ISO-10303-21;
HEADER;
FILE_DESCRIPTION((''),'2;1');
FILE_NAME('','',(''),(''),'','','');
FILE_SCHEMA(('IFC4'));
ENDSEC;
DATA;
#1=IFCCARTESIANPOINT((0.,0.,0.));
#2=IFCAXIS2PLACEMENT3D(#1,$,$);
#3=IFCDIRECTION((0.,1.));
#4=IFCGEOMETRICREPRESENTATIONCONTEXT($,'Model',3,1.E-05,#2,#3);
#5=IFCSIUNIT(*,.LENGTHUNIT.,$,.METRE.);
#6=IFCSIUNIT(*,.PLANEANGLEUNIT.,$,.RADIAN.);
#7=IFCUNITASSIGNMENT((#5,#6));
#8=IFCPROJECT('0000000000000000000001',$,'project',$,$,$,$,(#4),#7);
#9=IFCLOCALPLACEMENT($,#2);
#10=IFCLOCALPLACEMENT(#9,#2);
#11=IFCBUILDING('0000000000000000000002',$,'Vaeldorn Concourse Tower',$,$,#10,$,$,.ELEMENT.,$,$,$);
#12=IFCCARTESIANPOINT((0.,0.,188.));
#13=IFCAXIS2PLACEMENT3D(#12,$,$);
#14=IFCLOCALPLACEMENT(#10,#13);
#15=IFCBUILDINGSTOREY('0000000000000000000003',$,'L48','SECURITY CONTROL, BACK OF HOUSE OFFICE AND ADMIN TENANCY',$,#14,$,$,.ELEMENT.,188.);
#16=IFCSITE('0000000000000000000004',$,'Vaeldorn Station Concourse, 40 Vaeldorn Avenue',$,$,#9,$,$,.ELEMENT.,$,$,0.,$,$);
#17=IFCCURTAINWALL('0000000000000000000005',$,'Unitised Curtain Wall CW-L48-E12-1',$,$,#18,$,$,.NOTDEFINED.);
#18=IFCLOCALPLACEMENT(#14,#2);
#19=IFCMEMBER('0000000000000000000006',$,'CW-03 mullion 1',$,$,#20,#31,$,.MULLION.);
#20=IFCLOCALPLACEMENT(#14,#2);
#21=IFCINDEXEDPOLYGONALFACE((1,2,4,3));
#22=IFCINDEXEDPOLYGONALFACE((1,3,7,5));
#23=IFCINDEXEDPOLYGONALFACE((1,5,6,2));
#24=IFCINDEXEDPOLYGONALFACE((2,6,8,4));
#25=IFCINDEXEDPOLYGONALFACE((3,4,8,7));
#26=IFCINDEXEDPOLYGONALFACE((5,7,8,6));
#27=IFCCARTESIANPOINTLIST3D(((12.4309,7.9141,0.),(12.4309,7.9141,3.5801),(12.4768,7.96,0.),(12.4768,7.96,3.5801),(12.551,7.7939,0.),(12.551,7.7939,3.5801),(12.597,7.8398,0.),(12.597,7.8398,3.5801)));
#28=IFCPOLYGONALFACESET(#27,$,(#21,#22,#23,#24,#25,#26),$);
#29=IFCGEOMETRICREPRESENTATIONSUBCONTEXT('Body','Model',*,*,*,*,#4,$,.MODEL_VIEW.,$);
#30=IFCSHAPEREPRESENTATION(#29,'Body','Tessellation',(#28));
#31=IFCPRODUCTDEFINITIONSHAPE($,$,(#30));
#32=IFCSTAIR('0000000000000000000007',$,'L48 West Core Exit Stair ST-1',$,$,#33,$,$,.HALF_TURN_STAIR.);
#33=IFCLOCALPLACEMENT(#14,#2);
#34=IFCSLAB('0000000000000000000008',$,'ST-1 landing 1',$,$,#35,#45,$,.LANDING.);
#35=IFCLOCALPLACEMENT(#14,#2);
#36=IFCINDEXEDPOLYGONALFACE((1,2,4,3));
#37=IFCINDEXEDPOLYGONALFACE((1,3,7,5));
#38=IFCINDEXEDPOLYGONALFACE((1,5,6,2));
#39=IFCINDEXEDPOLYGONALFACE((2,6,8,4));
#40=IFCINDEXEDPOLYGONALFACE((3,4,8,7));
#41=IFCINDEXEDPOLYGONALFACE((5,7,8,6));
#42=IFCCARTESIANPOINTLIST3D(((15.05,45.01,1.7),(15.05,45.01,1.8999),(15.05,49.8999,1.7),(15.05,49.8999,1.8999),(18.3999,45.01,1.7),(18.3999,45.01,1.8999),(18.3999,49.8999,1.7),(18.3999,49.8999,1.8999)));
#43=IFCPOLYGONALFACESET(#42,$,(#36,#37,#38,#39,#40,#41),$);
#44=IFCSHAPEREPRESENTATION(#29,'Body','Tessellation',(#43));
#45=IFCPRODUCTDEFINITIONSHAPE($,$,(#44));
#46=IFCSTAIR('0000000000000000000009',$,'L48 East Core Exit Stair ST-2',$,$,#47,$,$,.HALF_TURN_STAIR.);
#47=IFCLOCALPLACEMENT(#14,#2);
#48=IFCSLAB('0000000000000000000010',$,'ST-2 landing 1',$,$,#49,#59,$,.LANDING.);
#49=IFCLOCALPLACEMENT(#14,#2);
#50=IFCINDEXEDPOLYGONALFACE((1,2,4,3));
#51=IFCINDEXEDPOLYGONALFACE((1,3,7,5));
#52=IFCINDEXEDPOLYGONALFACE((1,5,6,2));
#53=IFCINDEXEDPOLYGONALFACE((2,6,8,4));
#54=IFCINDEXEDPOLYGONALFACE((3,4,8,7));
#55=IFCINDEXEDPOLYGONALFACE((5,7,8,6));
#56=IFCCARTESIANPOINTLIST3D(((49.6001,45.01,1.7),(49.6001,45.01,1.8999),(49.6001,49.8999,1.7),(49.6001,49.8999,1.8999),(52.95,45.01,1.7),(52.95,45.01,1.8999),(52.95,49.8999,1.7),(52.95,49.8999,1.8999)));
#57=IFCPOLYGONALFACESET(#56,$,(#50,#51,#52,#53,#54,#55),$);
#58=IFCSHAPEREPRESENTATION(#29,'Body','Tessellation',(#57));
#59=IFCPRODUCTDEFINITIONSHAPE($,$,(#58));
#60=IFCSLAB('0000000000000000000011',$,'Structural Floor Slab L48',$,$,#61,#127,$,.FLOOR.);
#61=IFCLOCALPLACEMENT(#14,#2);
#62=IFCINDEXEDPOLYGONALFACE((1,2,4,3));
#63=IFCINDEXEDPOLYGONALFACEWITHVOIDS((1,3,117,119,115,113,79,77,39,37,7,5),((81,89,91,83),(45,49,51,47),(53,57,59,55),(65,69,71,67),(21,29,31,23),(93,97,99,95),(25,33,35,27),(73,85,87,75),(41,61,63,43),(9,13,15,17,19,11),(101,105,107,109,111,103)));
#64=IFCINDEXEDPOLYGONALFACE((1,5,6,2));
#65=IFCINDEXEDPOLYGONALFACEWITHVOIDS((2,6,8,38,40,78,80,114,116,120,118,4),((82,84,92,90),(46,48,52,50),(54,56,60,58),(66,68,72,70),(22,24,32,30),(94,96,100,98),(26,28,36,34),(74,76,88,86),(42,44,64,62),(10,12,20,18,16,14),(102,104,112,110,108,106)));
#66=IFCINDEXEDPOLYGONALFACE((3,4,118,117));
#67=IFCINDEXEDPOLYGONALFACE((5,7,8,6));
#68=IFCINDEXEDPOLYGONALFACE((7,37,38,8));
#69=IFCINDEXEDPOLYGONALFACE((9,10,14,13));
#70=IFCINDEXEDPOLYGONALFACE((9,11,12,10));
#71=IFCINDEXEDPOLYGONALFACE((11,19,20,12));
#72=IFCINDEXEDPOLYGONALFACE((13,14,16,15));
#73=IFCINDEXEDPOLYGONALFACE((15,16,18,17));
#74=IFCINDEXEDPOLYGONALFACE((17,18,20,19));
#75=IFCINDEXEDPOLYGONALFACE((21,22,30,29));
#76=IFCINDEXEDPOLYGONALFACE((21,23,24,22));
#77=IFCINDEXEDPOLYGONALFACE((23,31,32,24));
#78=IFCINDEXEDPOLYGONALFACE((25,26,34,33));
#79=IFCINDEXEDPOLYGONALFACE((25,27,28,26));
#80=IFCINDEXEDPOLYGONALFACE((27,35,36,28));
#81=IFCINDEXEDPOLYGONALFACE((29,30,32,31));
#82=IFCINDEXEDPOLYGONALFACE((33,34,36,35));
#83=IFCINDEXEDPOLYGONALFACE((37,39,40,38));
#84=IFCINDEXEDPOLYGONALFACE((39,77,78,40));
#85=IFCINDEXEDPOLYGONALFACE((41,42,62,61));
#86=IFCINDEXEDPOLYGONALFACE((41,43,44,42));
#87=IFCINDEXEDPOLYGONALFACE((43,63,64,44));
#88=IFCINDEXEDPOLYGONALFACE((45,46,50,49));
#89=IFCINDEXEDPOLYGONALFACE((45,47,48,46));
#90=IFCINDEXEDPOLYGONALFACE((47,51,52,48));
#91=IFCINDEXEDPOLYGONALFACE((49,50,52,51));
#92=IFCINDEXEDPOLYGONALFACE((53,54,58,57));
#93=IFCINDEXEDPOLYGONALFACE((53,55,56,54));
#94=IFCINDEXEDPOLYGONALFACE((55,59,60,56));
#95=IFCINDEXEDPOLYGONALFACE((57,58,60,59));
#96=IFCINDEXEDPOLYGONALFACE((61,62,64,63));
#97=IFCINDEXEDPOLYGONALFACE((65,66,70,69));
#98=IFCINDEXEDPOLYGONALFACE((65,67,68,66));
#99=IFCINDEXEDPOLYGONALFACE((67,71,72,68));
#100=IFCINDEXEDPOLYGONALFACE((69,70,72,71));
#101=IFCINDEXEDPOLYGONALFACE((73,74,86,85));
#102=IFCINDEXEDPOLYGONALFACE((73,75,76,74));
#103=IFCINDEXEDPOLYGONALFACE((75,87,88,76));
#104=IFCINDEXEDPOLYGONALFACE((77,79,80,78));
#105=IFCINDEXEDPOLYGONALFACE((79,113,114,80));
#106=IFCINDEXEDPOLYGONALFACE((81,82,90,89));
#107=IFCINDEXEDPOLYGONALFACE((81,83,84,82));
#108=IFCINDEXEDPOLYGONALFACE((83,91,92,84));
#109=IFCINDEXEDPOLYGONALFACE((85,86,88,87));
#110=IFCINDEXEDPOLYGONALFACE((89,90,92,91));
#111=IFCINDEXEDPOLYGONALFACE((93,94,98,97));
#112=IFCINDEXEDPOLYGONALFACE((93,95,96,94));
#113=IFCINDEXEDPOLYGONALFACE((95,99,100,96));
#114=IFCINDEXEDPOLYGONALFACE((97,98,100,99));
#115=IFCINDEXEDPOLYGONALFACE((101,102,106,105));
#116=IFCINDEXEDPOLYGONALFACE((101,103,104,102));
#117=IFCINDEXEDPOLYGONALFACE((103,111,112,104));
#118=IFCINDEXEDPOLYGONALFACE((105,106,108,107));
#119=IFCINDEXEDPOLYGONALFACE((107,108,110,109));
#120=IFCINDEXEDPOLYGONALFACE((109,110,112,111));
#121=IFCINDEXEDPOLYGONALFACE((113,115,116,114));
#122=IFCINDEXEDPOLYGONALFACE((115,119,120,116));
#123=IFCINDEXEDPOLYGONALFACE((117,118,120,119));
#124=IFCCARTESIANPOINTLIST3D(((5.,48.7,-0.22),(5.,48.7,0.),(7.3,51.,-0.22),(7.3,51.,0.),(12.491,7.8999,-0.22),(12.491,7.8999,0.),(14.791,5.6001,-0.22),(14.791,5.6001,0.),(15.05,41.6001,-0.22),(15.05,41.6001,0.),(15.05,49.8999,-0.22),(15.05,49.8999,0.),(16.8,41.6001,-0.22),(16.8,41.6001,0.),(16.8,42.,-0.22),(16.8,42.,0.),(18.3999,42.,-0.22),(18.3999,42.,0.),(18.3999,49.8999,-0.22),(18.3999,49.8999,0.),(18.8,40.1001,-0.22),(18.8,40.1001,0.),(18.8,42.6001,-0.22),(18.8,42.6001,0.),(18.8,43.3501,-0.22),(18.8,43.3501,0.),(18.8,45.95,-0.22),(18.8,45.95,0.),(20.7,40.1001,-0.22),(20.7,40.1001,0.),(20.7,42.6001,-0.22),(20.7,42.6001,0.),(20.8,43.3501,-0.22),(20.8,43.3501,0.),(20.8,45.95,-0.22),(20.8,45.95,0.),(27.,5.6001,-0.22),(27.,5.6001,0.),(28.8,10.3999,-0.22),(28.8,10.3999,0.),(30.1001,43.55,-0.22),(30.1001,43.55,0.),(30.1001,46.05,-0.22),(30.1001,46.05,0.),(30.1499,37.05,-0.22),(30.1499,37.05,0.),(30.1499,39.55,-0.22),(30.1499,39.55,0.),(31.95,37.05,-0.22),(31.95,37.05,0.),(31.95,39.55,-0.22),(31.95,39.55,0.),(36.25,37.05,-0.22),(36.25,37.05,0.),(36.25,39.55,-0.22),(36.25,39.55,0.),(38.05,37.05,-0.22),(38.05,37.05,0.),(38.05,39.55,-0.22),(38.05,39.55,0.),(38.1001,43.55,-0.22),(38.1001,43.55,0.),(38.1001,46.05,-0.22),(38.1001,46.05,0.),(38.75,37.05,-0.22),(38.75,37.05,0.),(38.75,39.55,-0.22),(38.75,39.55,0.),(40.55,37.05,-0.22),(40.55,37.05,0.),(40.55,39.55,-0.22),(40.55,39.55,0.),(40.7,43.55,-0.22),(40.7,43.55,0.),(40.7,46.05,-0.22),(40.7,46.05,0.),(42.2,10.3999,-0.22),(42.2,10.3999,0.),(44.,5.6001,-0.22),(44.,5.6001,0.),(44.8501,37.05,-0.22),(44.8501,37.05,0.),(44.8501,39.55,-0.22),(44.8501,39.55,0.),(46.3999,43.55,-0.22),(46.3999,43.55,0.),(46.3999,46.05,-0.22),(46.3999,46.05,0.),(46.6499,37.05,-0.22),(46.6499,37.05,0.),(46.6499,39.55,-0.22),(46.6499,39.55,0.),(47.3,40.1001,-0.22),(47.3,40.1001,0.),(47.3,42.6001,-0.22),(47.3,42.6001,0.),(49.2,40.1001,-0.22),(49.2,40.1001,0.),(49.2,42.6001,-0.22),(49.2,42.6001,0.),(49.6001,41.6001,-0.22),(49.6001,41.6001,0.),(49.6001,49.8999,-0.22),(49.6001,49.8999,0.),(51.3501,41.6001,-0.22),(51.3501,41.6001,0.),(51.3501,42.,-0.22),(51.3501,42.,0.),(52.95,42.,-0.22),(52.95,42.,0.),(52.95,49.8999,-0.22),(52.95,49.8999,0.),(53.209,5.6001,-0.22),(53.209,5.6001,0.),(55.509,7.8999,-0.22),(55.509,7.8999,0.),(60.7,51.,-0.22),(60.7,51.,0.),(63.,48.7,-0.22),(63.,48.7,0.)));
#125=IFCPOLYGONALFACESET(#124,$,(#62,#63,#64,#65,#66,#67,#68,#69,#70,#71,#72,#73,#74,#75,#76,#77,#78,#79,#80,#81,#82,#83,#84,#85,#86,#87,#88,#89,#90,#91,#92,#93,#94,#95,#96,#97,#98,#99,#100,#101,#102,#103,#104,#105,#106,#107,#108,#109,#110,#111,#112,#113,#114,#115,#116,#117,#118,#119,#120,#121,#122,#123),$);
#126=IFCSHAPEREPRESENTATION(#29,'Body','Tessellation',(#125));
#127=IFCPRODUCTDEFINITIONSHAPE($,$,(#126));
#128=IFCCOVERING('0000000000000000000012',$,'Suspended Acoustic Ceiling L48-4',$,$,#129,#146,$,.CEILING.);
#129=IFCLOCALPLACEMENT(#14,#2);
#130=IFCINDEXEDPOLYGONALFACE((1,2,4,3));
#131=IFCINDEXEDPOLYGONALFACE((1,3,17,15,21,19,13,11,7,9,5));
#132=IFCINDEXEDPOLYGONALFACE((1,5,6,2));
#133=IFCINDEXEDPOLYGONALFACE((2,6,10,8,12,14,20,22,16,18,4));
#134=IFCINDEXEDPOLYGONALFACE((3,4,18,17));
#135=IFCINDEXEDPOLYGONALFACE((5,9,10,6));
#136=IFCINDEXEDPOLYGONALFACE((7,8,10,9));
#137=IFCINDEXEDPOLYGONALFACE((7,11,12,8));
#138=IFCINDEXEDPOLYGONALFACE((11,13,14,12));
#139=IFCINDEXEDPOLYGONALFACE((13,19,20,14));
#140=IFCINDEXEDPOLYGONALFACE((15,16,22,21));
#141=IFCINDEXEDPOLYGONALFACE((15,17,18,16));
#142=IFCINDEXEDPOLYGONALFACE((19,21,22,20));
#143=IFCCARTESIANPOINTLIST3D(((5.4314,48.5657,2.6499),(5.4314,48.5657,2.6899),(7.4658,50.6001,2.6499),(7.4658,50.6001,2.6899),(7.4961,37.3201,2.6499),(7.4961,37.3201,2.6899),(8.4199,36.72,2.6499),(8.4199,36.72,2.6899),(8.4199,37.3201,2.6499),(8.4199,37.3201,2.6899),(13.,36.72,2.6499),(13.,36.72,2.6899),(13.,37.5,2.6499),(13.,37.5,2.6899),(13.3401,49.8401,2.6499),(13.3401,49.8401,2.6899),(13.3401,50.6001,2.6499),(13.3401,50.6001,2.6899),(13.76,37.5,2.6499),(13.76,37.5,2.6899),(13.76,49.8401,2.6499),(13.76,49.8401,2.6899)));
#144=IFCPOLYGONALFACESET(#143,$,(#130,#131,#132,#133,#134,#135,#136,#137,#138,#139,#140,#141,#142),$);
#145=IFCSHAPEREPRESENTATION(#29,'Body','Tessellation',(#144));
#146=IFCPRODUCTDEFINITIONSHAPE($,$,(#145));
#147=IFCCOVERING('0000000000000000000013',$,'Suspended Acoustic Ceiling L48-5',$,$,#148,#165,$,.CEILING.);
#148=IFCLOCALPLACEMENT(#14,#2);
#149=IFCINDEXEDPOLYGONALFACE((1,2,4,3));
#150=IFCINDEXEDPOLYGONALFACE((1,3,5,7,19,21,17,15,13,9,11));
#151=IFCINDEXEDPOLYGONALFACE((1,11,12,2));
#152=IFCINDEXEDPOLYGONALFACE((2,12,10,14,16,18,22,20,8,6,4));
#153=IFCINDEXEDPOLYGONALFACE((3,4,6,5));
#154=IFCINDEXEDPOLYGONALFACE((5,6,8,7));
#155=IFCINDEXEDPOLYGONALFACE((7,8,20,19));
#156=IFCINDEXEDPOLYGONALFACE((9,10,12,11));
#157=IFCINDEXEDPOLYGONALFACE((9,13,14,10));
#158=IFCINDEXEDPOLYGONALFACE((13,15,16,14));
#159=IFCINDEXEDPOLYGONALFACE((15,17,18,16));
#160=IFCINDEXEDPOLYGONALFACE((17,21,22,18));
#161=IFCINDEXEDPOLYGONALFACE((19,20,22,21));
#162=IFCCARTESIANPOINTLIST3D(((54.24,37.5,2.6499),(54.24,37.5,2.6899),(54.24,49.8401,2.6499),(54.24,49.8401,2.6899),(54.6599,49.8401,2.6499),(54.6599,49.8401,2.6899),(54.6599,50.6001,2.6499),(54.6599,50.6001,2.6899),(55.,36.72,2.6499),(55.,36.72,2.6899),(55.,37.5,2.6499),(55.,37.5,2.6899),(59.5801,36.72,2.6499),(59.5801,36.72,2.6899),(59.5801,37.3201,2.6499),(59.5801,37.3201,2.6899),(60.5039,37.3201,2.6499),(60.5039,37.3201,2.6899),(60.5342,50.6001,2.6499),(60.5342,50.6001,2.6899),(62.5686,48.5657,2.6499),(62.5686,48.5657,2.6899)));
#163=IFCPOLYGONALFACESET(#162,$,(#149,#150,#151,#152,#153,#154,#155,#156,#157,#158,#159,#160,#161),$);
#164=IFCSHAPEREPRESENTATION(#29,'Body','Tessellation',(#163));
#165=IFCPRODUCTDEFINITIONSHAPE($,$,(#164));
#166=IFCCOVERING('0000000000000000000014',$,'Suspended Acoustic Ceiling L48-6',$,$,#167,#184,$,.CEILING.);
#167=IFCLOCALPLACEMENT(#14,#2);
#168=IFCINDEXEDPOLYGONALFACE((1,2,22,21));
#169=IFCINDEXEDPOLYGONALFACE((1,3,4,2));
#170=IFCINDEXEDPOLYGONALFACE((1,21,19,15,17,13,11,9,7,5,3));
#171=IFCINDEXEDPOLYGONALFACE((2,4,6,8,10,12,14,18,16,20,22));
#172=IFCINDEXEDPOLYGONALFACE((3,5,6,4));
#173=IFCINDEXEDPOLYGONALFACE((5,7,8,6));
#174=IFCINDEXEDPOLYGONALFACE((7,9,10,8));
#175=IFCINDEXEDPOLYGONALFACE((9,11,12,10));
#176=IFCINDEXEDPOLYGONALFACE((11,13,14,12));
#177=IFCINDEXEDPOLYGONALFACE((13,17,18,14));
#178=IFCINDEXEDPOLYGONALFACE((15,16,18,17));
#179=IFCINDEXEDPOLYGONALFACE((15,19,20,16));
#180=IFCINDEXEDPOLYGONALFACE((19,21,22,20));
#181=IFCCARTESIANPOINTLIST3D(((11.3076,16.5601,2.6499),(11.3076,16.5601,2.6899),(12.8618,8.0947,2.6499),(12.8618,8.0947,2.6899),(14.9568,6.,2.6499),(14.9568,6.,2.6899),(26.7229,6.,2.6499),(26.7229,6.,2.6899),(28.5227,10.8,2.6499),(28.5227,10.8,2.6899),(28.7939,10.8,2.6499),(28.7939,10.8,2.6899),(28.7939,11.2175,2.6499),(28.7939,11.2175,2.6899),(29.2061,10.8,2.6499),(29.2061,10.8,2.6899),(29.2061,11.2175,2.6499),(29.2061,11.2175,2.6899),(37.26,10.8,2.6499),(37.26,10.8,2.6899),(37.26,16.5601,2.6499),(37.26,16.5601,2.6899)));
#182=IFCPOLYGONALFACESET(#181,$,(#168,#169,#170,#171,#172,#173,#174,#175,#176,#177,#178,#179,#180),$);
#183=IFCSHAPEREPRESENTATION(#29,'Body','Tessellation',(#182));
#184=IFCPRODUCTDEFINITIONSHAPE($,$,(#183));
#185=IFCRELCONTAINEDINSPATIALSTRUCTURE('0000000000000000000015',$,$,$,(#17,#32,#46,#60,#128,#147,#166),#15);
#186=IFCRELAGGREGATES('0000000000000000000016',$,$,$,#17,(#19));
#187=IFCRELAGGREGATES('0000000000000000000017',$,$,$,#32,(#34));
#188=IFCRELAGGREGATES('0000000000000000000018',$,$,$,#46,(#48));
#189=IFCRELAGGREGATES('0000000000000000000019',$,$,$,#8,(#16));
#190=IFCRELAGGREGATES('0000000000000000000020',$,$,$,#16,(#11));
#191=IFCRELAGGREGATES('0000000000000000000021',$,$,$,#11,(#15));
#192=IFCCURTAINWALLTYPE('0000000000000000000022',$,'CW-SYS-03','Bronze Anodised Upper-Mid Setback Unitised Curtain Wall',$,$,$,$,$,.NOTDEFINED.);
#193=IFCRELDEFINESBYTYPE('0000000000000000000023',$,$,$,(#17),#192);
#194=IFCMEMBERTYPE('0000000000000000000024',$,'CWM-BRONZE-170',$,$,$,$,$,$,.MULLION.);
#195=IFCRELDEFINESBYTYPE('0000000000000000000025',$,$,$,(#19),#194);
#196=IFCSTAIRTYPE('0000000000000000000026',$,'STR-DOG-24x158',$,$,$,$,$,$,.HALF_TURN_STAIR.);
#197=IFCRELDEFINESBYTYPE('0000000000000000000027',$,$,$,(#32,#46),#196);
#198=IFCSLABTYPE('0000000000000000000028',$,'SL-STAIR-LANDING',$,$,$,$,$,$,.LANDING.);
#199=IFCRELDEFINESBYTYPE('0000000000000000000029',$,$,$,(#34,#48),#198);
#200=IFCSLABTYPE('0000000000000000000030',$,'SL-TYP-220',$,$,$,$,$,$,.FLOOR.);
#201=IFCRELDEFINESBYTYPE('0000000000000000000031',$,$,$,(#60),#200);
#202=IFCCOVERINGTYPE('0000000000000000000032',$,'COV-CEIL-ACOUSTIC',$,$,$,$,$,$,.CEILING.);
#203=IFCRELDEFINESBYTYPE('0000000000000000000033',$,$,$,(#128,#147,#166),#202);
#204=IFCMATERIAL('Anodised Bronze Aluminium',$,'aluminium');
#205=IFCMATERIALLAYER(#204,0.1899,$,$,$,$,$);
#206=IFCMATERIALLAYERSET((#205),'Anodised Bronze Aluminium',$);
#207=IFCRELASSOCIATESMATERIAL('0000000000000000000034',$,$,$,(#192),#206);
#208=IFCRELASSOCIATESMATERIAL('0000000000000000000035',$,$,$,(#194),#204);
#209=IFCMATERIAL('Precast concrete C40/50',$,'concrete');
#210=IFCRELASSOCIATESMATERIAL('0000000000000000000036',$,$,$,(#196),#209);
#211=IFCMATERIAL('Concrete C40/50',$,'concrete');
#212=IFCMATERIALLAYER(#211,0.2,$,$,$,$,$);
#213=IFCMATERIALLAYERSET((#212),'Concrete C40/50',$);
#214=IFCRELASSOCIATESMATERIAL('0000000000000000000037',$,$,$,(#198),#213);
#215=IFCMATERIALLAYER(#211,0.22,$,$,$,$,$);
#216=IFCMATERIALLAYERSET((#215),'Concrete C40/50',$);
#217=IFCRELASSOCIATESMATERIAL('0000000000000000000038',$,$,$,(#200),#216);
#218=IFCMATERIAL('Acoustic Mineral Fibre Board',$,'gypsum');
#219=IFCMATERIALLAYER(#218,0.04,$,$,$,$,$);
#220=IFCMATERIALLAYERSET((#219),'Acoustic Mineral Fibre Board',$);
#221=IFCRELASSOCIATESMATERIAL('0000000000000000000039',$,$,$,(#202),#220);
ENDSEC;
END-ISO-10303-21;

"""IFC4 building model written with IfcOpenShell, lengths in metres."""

from ifc_helpers import new_model, si_unit, direction, frame, origin, origin_2d, place, context, subcontext, project, spatial, polyline, rectangle, outline, extrude, source, transform, mapped, material, layer, layer_set, material_profile, profile_set, type_object, element, aggregate, save


model = new_model("IFC4")

# Units and contexts
model_context = context("Model", 3, precision=1e-05, world=origin(), true_north=direction((0.0, 1.0)))
body_context = subcontext(model_context, "Body", "Model", "MODEL_VIEW")
ifc_project = project(units=[si_unit("LENGTHUNIT", "METRE"), si_unit("PLANEANGLEUNIT", "RADIAN")], contexts=[model_context])

# Site, building, storey
site_placement = place(None, origin())
site = spatial("IfcSite", under=ifc_project, at=site_placement, Name="Vaeldorn Station Concourse, 40 Vaeldorn Avenue", CompositionType="ELEMENT", RefElevation=0.0)
building_placement = place(site_placement, origin())
building = spatial("IfcBuilding", under=site, at=building_placement, Name="Vaeldorn Concourse Tower", CompositionType="ELEMENT")
storey_placement = place(building_placement, frame((0.0, 0.0, 188.0)))
storey = spatial("IfcBuildingStorey", under=building, at=storey_placement, Name="L48", Description="SECURITY CONTROL, BACK OF HOUSE OFFICE AND ADMIN TENANCY", CompositionType="ELEMENT", Elevation=188.0)

# Curtain wall, member
ifc_material_1 = material(Name="Anodised Bronze Aluminium", Category="aluminium")
ifc_layer_1 = layer(ifc_material_1, 0.1899)
ifc_layer_set_1 = layer_set([ifc_layer_1], Name="Anodised Bronze Aluminium")
curtain_wall_type = type_object("IfcCurtainWallType", Name="CW-SYS-03", Description="Bronze Anodised Upper-Mid Setback Unitised Curtain Wall", PredefinedType="NOTDEFINED", material=ifc_layer_set_1)
curtain_wall_placement = place(storey_placement, origin())
curtain_wall = element("IfcCurtainWall", 1, at=curtain_wall_placement, inside=storey, type_object=curtain_wall_type, Name="Unitised Curtain Wall CW-L48-E12-1", PredefinedType="NOTDEFINED")
ifc_material_profile = material_profile(ifc_material_1, rectangle(XDim=0.0649, YDim=0.1699, at=origin_2d()), Name="CWM 65x170")
ifc_profile_set = profile_set([ifc_material_profile], Name="Anodised Bronze Aluminium")
member_type = type_object("IfcMemberType", Name="CWM-BRONZE-170", PredefinedType="MULLION", material=ifc_profile_set)
shared_shape = source(origin(), body_context, "Body", "SweptSolid", [
    extrude(rectangle(XDim=0.0649, YDim=0.1699, at=origin_2d()), origin(), (0.0, 0.0, 1.0), 3.5801),
])
member_placement = place(storey_placement, frame((12.5139, 7.877, 0.0), z_axis=(0.0, 0.0, 1.0), x_axis=(0.707107, 0.707107, 0.0)))
member = element("IfcMember", 2, at=member_placement, type_object=member_type, Name="CW-03 mullion 1", PredefinedType="MULLION", context=body_context, shape_type="MappedRepresentation", body=[
    mapped(shared_shape, transform((0.0, 0.0, 0.0), scale=1.0)),
])
aggregate(curtain_wall, [member])

# Stairs, slabs
ifc_material_2 = material(Name="Precast concrete C40/50", Category="concrete")
stair_type = type_object("IfcStairType", Name="STR-DOG-24x158", PredefinedType="HALF_TURN_STAIR", material=ifc_material_2)
stair_1_placement = place(storey_placement, origin())
stair_1 = element("IfcStair", 3, at=stair_1_placement, inside=storey, type_object=stair_type, Name="L48 West Core Exit Stair ST-1", PredefinedType="HALF_TURN_STAIR")
ifc_material_3 = material(Name="Concrete C40/50", Category="concrete")
ifc_layer_2 = layer(ifc_material_3, 0.2)
ifc_layer_set_2 = layer_set([ifc_layer_2], Name="Concrete C40/50")
slab_type_1 = type_object("IfcSlabType", Name="SL-STAIR-LANDING", PredefinedType="LANDING", material=ifc_layer_set_2)
slab_1_placement = place(storey_placement, frame((0.0, 0.0, 1.7)))
slab_1 = element("IfcSlab", 4, at=slab_1_placement, type_object=slab_type_1, Name="ST-1 landing 1", PredefinedType="LANDING", context=body_context, shape_type="SweptSolid", body=[
    extrude(outline(polyline([(18.3999, 45.01), (18.3999, 49.8999), (15.05, 49.8999), (15.05, 45.01), (18.3999, 45.01)])), origin(), (0.0, 0.0, 1.0), 0.2),
])
aggregate(stair_1, [slab_1])
stair_2_placement = place(storey_placement, origin())
stair_2 = element("IfcStair", 5, at=stair_2_placement, inside=storey, type_object=stair_type, Name="L48 East Core Exit Stair ST-2", PredefinedType="HALF_TURN_STAIR")
slab_2_placement = place(storey_placement, frame((0.0, 0.0, 1.7)))
slab_2 = element("IfcSlab", 6, at=slab_2_placement, type_object=slab_type_1, Name="ST-2 landing 1", PredefinedType="LANDING", context=body_context, shape_type="SweptSolid", body=[
    extrude(outline(polyline([(52.95, 45.01), (52.95, 49.8999), (49.6001, 49.8999), (49.6001, 45.01), (52.95, 45.01)])), origin(), (0.0, 0.0, 1.0), 0.2),
])
aggregate(stair_2, [slab_2])

# Slab
ifc_layer_3 = layer(ifc_material_3, 0.22)
ifc_layer_set_3 = layer_set([ifc_layer_3], Name="Concrete C40/50")
slab_type_2 = type_object("IfcSlabType", Name="SL-TYP-220", PredefinedType="FLOOR", material=ifc_layer_set_3)
slab_3_placement = place(storey_placement, frame((0.0, 0.0, -0.22)))
element("IfcSlab", 7, at=slab_3_placement, inside=storey, type_object=slab_type_2, Name="Structural Floor Slab L48", PredefinedType="FLOOR", context=body_context, shape_type="SweptSolid", body=[
    extrude(outline(polyline([(14.791, 5.6001), (27.0, 5.6001), (28.8, 10.3999), (42.2, 10.3999), (44.0, 5.6001), (53.209, 5.6001), (55.509, 7.8999), (63.0, 48.7), (60.7, 51.0), (7.3, 51.0), (5.0, 48.7), (12.491, 7.8999), (14.791, 5.6001)]), holes=[polyline([(18.3999, 42.0), (18.3999, 49.8999), (15.05, 49.8999), (15.05, 41.6001), (16.8, 41.6001), (16.8, 42.0), (18.3999, 42.0)]), polyline([(52.95, 42.0), (52.95, 49.8999), (49.6001, 49.8999), (49.6001, 41.6001), (51.3501, 41.6001), (51.3501, 42.0), (52.95, 42.0)]), polyline([(30.1499, 37.05), (31.95, 37.05), (31.95, 39.55), (30.1499, 39.55), (30.1499, 37.05)]), polyline([(36.25, 37.05), (38.05, 37.05), (38.05, 39.55), (36.25, 39.55), (36.25, 37.05)]), polyline([(30.1001, 43.55), (38.1001, 43.55), (38.1001, 46.05), (30.1001, 46.05), (30.1001, 43.55)]), polyline([(38.75, 37.05), (40.55, 37.05), (40.55, 39.55), (38.75, 39.55), (38.75, 37.05)]), polyline([(44.8501, 37.05), (46.6499, 37.05), (46.6499, 39.55), (44.8501, 39.55), (44.8501, 37.05)]), polyline([(40.7, 43.55), (46.3999, 43.55), (46.3999, 46.05), (40.7, 46.05), (40.7, 43.55)]), polyline([(18.8, 43.3501), (20.8, 43.3501), (20.8, 45.95), (18.8, 45.95), (18.8, 43.3501)]), polyline([(18.8, 40.1001), (20.7, 40.1001), (20.7, 42.6001), (18.8, 42.6001), (18.8, 40.1001)]), polyline([(47.3, 40.1001), (49.2, 40.1001), (49.2, 42.6001), (47.3, 42.6001), (47.3, 40.1001)])]), origin(), (0.0, 0.0, 1.0), 0.22),
])

# Coverings
ifc_material_4 = material(Name="Acoustic Mineral Fibre Board", Category="gypsum")
ifc_layer_4 = layer(ifc_material_4, 0.04)
ifc_layer_set_4 = layer_set([ifc_layer_4], Name="Acoustic Mineral Fibre Board")
covering_type_1 = type_object("IfcCoveringType", Name="COV-CEIL-ACOUSTIC", PredefinedType="CEILING", material=ifc_layer_set_4)
covering_1_placement = place(storey_placement, frame((0.0, 0.0, 2.6499)))
element("IfcCovering", 8, at=covering_1_placement, inside=storey, type_object=covering_type_1, Name="Suspended Acoustic Ceiling L48-4", PredefinedType="CEILING", context=body_context, shape_type="SweptSolid", body=[
    extrude(outline(polyline([(7.4658, 50.6001), (13.3401, 50.6001), (13.3401, 49.8401), (13.76, 49.8401), (13.76, 37.5), (13.0, 37.5), (13.0, 36.72), (8.4199, 36.72), (8.4199, 37.3201), (7.4961, 37.3201), (5.4314, 48.5657), (7.4658, 50.6001)])), origin(), (0.0, 0.0, 1.0), 0.04),
])
covering_2_placement = place(storey_placement, frame((0.0, 0.0, 2.6499)))
element("IfcCovering", 9, at=covering_2_placement, inside=storey, type_object=covering_type_1, Name="Suspended Acoustic Ceiling L48-5", PredefinedType="CEILING", context=body_context, shape_type="SweptSolid", body=[
    extrude(outline(polyline([(54.6599, 49.8401), (54.6599, 50.6001), (60.5342, 50.6001), (62.5686, 48.5657), (60.5039, 37.3201), (59.5801, 37.3201), (59.5801, 36.72), (55.0, 36.72), (55.0, 37.5), (54.24, 37.5), (54.24, 49.8401), (54.6599, 49.8401)])), origin(), (0.0, 0.0, 1.0), 0.04),
])
covering_3_placement = place(storey_placement, frame((0.0, 0.0, 2.6499)))
element("IfcCovering", 10, at=covering_3_placement, inside=storey, type_object=covering_type_1, Name="Suspended Acoustic Ceiling L48-6", PredefinedType="CEILING", context=body_context, shape_type="SweptSolid", body=[
    extrude(outline(polyline([(37.26, 16.5601), (37.26, 10.8), (29.2061, 10.8), (29.2061, 11.2175), (28.7939, 11.2175), (28.7939, 10.8), (28.5227, 10.8), (26.7229, 6.0), (14.9568, 6.0), (12.8618, 8.0947), (11.3076, 16.5601), (37.26, 16.5601)])), origin(), (0.0, 0.0, 1.0), 0.04),
])

save(model, "model.ifc")
